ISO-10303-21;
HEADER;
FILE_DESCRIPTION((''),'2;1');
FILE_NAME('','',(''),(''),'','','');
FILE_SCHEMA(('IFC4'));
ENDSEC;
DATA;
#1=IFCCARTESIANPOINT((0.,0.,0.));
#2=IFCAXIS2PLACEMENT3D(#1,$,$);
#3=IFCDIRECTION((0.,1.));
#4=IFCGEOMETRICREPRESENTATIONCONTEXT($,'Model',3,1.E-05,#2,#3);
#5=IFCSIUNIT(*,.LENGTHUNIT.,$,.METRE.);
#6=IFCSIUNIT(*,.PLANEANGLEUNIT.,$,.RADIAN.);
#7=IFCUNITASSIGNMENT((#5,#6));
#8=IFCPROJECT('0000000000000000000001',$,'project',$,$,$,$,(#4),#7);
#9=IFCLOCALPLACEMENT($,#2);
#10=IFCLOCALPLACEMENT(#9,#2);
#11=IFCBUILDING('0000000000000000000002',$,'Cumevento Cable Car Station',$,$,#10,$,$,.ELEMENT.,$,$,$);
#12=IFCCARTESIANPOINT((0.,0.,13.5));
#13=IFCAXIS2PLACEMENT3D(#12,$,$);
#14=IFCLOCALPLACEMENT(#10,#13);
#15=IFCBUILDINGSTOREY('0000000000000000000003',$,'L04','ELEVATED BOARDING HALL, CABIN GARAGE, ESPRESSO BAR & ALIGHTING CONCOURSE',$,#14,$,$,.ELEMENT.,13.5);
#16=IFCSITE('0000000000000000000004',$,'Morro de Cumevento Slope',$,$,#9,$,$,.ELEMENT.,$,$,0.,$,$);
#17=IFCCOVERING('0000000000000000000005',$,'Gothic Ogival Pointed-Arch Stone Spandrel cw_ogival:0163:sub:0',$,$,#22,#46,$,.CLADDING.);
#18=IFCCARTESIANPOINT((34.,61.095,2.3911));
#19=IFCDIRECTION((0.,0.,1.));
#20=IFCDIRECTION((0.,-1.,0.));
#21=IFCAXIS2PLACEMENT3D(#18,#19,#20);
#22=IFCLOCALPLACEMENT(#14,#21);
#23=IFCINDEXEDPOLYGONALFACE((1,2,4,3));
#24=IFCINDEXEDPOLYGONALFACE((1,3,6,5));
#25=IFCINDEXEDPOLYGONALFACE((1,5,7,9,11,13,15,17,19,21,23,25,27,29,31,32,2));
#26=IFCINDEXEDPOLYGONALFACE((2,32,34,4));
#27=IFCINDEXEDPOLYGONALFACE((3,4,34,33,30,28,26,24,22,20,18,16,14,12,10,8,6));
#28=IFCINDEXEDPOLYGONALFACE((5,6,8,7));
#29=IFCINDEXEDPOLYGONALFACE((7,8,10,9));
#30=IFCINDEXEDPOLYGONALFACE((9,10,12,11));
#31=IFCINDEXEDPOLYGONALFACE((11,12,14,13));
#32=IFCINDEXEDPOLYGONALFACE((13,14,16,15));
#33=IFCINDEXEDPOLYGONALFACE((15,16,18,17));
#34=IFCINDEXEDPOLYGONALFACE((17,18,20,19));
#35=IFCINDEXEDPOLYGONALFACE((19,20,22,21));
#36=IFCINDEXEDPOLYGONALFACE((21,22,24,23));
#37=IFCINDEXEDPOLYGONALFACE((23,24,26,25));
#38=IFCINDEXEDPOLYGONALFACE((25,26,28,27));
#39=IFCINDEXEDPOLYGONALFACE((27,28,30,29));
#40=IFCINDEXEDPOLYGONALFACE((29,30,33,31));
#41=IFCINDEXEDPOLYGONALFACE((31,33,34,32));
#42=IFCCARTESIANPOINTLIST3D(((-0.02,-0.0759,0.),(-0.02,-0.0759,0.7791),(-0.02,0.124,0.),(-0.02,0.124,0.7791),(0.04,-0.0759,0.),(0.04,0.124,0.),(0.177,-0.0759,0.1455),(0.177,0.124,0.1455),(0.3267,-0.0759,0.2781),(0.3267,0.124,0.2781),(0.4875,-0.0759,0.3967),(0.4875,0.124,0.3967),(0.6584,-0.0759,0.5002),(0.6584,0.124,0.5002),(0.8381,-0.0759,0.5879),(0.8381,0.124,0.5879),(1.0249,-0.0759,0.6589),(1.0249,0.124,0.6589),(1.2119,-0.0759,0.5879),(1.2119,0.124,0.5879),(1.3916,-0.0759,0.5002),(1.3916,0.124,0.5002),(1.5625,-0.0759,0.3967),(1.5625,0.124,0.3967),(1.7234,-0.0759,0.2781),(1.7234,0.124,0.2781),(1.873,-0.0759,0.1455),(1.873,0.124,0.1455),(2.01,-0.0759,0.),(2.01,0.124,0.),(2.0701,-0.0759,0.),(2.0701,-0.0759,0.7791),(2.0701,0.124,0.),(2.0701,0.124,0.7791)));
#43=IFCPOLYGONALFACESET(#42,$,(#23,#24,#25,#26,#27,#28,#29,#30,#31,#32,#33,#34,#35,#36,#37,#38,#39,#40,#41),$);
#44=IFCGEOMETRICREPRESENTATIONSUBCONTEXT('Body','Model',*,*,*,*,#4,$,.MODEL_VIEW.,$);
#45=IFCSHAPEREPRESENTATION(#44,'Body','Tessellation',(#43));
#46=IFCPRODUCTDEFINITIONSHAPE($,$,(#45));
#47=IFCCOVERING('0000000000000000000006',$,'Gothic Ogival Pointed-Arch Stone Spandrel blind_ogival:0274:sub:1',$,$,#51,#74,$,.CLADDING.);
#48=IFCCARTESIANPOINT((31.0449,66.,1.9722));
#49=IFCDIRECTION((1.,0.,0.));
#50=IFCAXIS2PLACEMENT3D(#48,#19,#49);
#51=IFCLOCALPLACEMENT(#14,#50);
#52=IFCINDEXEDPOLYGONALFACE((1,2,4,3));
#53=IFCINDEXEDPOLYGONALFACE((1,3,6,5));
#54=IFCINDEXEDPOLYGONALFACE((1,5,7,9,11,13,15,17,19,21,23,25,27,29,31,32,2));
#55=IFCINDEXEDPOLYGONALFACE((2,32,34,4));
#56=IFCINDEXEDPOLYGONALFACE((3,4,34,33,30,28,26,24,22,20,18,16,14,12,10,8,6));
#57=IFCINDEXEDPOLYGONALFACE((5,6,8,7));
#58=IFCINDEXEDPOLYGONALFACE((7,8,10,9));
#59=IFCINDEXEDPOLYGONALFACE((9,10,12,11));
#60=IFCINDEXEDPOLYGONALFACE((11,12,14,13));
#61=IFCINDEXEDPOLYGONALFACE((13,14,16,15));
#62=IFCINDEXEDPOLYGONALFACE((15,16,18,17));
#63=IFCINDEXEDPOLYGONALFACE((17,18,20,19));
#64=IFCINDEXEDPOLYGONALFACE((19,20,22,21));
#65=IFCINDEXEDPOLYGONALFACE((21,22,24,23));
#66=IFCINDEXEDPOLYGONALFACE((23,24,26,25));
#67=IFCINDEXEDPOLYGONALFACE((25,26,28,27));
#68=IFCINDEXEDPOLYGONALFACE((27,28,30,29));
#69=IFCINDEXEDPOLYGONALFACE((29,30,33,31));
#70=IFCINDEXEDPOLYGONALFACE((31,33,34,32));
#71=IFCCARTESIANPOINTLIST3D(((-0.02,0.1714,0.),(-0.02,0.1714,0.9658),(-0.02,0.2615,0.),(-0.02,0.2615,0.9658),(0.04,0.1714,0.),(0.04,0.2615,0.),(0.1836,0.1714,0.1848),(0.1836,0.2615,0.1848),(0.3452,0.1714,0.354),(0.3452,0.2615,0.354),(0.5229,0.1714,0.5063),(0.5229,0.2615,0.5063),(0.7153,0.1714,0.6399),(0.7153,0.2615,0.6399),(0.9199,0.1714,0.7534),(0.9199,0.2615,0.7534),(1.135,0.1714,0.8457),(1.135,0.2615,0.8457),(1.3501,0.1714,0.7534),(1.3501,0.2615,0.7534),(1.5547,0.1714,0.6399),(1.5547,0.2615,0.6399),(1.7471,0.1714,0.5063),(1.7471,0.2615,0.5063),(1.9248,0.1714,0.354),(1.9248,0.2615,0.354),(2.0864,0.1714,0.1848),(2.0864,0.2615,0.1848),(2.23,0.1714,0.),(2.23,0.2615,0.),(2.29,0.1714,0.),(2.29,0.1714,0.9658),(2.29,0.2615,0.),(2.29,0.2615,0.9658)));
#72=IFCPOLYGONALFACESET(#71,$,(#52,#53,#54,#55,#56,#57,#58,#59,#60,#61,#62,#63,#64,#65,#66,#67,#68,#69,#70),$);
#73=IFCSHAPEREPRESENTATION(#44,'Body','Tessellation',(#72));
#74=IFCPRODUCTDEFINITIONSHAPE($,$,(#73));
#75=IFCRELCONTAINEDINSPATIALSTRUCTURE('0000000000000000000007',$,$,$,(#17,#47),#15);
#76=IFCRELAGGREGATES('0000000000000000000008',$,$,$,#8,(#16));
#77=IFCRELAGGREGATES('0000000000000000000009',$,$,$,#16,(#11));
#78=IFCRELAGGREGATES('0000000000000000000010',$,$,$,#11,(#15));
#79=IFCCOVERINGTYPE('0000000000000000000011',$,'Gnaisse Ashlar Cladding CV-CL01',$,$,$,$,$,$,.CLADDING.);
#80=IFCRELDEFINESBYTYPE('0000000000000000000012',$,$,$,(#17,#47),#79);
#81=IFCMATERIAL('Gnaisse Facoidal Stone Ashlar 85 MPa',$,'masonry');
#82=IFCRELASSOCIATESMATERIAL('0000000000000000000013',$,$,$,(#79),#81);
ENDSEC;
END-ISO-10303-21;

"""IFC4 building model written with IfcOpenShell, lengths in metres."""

from ifc_helpers import new_model, si_unit, direction, frame, origin, place, context, subcontext, project, spatial, polyline, outline, extrude, material, type_object, element, save


model = new_model("IFC4")

# Units and contexts
model_context = context("Model", 3, precision=1e-05, world=origin(), true_north=direction((0.0, 1.0)))
body_context = subcontext(model_context, "Body", "Model", "MODEL_VIEW")
ifc_project = project(units=[si_unit("LENGTHUNIT", "METRE"), si_unit("PLANEANGLEUNIT", "RADIAN")], contexts=[model_context])

# Site, building, storey
site_placement = place(None, origin())
site = spatial("IfcSite", under=ifc_project, at=site_placement, Name="Morro de Cumevento Slope", CompositionType="ELEMENT", RefElevation=0.0)
building_placement = place(site_placement, origin())
building = spatial("IfcBuilding", under=site, at=building_placement, Name="Cumevento Cable Car Station", CompositionType="ELEMENT")
storey_placement = place(building_placement, frame((0.0, 0.0, 13.5)))
storey = spatial("IfcBuildingStorey", under=building, at=storey_placement, Name="L04", Description="ELEVATED BOARDING HALL, CABIN GARAGE, ESPRESSO BAR & ALIGHTING CONCOURSE", CompositionType="ELEMENT", Elevation=13.5)

# Coverings
ifc_material_1 = material(Name="Gnaisse Facoidal Stone Ashlar 85 MPa", Category="masonry")
covering_type = type_object("IfcCoveringType", Name="Gnaisse Ashlar Cladding CV-CL01", PredefinedType="CLADDING", material=ifc_material_1)
covering_1_placement = place(storey_placement, frame((34.0, 61.095, 2.3911), z_axis=(0.0, 0.0, 1.0), x_axis=(0.0, -1.0, 0.0)))
element("IfcCovering", 1, at=covering_1_placement, inside=storey, type_object=covering_type, Name="Gothic Ogival Pointed-Arch Stone Spandrel cw_ogival:0163:sub:0", PredefinedType="CLADDING", context=body_context, shape_type="SweptSolid", body=[
    extrude(outline(polyline([(-0.02, 0.0), (-0.02, 0.7791), (2.0701, 0.7791), (2.0701, 0.0), (2.01, 0.0), (1.873, 0.1455), (1.7234, 0.2781), (1.5625, 0.3967), (1.3916, 0.5002), (1.2119, 0.5879), (1.0249, 0.6589), (0.8381, 0.5879), (0.6584, 0.5002), (0.4875, 0.3967), (0.3267, 0.2781), (0.177, 0.1455), (0.04, 0.0), (-0.02, 0.0)])), frame((0.0, 0.124, 0.0), z_axis=(0.0, -1.0, 0.0), x_axis=(1.0, 0.0, 0.0)), (0.0, 0.0, 1.0), 0.2),
])
covering_2_placement = place(storey_placement, frame((31.0449, 66.0, 1.9722), z_axis=(0.0, 0.0, 1.0), x_axis=(1.0, 0.0, 0.0)))
element("IfcCovering", 2, at=covering_2_placement, inside=storey, type_object=covering_type, Name="Gothic Ogival Pointed-Arch Stone Spandrel blind_ogival:0274:sub:1", PredefinedType="CLADDING", context=body_context, shape_type="SweptSolid", body=[
    extrude(outline(polyline([(-0.02, 0.0), (-0.02, 0.9658), (2.29, 0.9658), (2.29, 0.0), (2.23, 0.0), (2.0864, 0.1848), (1.9248, 0.354), (1.7471, 0.5063), (1.5547, 0.6399), (1.3501, 0.7534), (1.135, 0.8457), (0.9199, 0.7534), (0.7153, 0.6399), (0.5229, 0.5063), (0.3452, 0.354), (0.1836, 0.1848), (0.04, 0.0), (-0.02, 0.0)])), frame((0.0, 0.2615, 0.0), z_axis=(0.0, -1.0, 0.0), x_axis=(1.0, 0.0, 0.0)), (0.0, 0.0, 1.0), 0.0901),
])

save(model, "model.ifc")
